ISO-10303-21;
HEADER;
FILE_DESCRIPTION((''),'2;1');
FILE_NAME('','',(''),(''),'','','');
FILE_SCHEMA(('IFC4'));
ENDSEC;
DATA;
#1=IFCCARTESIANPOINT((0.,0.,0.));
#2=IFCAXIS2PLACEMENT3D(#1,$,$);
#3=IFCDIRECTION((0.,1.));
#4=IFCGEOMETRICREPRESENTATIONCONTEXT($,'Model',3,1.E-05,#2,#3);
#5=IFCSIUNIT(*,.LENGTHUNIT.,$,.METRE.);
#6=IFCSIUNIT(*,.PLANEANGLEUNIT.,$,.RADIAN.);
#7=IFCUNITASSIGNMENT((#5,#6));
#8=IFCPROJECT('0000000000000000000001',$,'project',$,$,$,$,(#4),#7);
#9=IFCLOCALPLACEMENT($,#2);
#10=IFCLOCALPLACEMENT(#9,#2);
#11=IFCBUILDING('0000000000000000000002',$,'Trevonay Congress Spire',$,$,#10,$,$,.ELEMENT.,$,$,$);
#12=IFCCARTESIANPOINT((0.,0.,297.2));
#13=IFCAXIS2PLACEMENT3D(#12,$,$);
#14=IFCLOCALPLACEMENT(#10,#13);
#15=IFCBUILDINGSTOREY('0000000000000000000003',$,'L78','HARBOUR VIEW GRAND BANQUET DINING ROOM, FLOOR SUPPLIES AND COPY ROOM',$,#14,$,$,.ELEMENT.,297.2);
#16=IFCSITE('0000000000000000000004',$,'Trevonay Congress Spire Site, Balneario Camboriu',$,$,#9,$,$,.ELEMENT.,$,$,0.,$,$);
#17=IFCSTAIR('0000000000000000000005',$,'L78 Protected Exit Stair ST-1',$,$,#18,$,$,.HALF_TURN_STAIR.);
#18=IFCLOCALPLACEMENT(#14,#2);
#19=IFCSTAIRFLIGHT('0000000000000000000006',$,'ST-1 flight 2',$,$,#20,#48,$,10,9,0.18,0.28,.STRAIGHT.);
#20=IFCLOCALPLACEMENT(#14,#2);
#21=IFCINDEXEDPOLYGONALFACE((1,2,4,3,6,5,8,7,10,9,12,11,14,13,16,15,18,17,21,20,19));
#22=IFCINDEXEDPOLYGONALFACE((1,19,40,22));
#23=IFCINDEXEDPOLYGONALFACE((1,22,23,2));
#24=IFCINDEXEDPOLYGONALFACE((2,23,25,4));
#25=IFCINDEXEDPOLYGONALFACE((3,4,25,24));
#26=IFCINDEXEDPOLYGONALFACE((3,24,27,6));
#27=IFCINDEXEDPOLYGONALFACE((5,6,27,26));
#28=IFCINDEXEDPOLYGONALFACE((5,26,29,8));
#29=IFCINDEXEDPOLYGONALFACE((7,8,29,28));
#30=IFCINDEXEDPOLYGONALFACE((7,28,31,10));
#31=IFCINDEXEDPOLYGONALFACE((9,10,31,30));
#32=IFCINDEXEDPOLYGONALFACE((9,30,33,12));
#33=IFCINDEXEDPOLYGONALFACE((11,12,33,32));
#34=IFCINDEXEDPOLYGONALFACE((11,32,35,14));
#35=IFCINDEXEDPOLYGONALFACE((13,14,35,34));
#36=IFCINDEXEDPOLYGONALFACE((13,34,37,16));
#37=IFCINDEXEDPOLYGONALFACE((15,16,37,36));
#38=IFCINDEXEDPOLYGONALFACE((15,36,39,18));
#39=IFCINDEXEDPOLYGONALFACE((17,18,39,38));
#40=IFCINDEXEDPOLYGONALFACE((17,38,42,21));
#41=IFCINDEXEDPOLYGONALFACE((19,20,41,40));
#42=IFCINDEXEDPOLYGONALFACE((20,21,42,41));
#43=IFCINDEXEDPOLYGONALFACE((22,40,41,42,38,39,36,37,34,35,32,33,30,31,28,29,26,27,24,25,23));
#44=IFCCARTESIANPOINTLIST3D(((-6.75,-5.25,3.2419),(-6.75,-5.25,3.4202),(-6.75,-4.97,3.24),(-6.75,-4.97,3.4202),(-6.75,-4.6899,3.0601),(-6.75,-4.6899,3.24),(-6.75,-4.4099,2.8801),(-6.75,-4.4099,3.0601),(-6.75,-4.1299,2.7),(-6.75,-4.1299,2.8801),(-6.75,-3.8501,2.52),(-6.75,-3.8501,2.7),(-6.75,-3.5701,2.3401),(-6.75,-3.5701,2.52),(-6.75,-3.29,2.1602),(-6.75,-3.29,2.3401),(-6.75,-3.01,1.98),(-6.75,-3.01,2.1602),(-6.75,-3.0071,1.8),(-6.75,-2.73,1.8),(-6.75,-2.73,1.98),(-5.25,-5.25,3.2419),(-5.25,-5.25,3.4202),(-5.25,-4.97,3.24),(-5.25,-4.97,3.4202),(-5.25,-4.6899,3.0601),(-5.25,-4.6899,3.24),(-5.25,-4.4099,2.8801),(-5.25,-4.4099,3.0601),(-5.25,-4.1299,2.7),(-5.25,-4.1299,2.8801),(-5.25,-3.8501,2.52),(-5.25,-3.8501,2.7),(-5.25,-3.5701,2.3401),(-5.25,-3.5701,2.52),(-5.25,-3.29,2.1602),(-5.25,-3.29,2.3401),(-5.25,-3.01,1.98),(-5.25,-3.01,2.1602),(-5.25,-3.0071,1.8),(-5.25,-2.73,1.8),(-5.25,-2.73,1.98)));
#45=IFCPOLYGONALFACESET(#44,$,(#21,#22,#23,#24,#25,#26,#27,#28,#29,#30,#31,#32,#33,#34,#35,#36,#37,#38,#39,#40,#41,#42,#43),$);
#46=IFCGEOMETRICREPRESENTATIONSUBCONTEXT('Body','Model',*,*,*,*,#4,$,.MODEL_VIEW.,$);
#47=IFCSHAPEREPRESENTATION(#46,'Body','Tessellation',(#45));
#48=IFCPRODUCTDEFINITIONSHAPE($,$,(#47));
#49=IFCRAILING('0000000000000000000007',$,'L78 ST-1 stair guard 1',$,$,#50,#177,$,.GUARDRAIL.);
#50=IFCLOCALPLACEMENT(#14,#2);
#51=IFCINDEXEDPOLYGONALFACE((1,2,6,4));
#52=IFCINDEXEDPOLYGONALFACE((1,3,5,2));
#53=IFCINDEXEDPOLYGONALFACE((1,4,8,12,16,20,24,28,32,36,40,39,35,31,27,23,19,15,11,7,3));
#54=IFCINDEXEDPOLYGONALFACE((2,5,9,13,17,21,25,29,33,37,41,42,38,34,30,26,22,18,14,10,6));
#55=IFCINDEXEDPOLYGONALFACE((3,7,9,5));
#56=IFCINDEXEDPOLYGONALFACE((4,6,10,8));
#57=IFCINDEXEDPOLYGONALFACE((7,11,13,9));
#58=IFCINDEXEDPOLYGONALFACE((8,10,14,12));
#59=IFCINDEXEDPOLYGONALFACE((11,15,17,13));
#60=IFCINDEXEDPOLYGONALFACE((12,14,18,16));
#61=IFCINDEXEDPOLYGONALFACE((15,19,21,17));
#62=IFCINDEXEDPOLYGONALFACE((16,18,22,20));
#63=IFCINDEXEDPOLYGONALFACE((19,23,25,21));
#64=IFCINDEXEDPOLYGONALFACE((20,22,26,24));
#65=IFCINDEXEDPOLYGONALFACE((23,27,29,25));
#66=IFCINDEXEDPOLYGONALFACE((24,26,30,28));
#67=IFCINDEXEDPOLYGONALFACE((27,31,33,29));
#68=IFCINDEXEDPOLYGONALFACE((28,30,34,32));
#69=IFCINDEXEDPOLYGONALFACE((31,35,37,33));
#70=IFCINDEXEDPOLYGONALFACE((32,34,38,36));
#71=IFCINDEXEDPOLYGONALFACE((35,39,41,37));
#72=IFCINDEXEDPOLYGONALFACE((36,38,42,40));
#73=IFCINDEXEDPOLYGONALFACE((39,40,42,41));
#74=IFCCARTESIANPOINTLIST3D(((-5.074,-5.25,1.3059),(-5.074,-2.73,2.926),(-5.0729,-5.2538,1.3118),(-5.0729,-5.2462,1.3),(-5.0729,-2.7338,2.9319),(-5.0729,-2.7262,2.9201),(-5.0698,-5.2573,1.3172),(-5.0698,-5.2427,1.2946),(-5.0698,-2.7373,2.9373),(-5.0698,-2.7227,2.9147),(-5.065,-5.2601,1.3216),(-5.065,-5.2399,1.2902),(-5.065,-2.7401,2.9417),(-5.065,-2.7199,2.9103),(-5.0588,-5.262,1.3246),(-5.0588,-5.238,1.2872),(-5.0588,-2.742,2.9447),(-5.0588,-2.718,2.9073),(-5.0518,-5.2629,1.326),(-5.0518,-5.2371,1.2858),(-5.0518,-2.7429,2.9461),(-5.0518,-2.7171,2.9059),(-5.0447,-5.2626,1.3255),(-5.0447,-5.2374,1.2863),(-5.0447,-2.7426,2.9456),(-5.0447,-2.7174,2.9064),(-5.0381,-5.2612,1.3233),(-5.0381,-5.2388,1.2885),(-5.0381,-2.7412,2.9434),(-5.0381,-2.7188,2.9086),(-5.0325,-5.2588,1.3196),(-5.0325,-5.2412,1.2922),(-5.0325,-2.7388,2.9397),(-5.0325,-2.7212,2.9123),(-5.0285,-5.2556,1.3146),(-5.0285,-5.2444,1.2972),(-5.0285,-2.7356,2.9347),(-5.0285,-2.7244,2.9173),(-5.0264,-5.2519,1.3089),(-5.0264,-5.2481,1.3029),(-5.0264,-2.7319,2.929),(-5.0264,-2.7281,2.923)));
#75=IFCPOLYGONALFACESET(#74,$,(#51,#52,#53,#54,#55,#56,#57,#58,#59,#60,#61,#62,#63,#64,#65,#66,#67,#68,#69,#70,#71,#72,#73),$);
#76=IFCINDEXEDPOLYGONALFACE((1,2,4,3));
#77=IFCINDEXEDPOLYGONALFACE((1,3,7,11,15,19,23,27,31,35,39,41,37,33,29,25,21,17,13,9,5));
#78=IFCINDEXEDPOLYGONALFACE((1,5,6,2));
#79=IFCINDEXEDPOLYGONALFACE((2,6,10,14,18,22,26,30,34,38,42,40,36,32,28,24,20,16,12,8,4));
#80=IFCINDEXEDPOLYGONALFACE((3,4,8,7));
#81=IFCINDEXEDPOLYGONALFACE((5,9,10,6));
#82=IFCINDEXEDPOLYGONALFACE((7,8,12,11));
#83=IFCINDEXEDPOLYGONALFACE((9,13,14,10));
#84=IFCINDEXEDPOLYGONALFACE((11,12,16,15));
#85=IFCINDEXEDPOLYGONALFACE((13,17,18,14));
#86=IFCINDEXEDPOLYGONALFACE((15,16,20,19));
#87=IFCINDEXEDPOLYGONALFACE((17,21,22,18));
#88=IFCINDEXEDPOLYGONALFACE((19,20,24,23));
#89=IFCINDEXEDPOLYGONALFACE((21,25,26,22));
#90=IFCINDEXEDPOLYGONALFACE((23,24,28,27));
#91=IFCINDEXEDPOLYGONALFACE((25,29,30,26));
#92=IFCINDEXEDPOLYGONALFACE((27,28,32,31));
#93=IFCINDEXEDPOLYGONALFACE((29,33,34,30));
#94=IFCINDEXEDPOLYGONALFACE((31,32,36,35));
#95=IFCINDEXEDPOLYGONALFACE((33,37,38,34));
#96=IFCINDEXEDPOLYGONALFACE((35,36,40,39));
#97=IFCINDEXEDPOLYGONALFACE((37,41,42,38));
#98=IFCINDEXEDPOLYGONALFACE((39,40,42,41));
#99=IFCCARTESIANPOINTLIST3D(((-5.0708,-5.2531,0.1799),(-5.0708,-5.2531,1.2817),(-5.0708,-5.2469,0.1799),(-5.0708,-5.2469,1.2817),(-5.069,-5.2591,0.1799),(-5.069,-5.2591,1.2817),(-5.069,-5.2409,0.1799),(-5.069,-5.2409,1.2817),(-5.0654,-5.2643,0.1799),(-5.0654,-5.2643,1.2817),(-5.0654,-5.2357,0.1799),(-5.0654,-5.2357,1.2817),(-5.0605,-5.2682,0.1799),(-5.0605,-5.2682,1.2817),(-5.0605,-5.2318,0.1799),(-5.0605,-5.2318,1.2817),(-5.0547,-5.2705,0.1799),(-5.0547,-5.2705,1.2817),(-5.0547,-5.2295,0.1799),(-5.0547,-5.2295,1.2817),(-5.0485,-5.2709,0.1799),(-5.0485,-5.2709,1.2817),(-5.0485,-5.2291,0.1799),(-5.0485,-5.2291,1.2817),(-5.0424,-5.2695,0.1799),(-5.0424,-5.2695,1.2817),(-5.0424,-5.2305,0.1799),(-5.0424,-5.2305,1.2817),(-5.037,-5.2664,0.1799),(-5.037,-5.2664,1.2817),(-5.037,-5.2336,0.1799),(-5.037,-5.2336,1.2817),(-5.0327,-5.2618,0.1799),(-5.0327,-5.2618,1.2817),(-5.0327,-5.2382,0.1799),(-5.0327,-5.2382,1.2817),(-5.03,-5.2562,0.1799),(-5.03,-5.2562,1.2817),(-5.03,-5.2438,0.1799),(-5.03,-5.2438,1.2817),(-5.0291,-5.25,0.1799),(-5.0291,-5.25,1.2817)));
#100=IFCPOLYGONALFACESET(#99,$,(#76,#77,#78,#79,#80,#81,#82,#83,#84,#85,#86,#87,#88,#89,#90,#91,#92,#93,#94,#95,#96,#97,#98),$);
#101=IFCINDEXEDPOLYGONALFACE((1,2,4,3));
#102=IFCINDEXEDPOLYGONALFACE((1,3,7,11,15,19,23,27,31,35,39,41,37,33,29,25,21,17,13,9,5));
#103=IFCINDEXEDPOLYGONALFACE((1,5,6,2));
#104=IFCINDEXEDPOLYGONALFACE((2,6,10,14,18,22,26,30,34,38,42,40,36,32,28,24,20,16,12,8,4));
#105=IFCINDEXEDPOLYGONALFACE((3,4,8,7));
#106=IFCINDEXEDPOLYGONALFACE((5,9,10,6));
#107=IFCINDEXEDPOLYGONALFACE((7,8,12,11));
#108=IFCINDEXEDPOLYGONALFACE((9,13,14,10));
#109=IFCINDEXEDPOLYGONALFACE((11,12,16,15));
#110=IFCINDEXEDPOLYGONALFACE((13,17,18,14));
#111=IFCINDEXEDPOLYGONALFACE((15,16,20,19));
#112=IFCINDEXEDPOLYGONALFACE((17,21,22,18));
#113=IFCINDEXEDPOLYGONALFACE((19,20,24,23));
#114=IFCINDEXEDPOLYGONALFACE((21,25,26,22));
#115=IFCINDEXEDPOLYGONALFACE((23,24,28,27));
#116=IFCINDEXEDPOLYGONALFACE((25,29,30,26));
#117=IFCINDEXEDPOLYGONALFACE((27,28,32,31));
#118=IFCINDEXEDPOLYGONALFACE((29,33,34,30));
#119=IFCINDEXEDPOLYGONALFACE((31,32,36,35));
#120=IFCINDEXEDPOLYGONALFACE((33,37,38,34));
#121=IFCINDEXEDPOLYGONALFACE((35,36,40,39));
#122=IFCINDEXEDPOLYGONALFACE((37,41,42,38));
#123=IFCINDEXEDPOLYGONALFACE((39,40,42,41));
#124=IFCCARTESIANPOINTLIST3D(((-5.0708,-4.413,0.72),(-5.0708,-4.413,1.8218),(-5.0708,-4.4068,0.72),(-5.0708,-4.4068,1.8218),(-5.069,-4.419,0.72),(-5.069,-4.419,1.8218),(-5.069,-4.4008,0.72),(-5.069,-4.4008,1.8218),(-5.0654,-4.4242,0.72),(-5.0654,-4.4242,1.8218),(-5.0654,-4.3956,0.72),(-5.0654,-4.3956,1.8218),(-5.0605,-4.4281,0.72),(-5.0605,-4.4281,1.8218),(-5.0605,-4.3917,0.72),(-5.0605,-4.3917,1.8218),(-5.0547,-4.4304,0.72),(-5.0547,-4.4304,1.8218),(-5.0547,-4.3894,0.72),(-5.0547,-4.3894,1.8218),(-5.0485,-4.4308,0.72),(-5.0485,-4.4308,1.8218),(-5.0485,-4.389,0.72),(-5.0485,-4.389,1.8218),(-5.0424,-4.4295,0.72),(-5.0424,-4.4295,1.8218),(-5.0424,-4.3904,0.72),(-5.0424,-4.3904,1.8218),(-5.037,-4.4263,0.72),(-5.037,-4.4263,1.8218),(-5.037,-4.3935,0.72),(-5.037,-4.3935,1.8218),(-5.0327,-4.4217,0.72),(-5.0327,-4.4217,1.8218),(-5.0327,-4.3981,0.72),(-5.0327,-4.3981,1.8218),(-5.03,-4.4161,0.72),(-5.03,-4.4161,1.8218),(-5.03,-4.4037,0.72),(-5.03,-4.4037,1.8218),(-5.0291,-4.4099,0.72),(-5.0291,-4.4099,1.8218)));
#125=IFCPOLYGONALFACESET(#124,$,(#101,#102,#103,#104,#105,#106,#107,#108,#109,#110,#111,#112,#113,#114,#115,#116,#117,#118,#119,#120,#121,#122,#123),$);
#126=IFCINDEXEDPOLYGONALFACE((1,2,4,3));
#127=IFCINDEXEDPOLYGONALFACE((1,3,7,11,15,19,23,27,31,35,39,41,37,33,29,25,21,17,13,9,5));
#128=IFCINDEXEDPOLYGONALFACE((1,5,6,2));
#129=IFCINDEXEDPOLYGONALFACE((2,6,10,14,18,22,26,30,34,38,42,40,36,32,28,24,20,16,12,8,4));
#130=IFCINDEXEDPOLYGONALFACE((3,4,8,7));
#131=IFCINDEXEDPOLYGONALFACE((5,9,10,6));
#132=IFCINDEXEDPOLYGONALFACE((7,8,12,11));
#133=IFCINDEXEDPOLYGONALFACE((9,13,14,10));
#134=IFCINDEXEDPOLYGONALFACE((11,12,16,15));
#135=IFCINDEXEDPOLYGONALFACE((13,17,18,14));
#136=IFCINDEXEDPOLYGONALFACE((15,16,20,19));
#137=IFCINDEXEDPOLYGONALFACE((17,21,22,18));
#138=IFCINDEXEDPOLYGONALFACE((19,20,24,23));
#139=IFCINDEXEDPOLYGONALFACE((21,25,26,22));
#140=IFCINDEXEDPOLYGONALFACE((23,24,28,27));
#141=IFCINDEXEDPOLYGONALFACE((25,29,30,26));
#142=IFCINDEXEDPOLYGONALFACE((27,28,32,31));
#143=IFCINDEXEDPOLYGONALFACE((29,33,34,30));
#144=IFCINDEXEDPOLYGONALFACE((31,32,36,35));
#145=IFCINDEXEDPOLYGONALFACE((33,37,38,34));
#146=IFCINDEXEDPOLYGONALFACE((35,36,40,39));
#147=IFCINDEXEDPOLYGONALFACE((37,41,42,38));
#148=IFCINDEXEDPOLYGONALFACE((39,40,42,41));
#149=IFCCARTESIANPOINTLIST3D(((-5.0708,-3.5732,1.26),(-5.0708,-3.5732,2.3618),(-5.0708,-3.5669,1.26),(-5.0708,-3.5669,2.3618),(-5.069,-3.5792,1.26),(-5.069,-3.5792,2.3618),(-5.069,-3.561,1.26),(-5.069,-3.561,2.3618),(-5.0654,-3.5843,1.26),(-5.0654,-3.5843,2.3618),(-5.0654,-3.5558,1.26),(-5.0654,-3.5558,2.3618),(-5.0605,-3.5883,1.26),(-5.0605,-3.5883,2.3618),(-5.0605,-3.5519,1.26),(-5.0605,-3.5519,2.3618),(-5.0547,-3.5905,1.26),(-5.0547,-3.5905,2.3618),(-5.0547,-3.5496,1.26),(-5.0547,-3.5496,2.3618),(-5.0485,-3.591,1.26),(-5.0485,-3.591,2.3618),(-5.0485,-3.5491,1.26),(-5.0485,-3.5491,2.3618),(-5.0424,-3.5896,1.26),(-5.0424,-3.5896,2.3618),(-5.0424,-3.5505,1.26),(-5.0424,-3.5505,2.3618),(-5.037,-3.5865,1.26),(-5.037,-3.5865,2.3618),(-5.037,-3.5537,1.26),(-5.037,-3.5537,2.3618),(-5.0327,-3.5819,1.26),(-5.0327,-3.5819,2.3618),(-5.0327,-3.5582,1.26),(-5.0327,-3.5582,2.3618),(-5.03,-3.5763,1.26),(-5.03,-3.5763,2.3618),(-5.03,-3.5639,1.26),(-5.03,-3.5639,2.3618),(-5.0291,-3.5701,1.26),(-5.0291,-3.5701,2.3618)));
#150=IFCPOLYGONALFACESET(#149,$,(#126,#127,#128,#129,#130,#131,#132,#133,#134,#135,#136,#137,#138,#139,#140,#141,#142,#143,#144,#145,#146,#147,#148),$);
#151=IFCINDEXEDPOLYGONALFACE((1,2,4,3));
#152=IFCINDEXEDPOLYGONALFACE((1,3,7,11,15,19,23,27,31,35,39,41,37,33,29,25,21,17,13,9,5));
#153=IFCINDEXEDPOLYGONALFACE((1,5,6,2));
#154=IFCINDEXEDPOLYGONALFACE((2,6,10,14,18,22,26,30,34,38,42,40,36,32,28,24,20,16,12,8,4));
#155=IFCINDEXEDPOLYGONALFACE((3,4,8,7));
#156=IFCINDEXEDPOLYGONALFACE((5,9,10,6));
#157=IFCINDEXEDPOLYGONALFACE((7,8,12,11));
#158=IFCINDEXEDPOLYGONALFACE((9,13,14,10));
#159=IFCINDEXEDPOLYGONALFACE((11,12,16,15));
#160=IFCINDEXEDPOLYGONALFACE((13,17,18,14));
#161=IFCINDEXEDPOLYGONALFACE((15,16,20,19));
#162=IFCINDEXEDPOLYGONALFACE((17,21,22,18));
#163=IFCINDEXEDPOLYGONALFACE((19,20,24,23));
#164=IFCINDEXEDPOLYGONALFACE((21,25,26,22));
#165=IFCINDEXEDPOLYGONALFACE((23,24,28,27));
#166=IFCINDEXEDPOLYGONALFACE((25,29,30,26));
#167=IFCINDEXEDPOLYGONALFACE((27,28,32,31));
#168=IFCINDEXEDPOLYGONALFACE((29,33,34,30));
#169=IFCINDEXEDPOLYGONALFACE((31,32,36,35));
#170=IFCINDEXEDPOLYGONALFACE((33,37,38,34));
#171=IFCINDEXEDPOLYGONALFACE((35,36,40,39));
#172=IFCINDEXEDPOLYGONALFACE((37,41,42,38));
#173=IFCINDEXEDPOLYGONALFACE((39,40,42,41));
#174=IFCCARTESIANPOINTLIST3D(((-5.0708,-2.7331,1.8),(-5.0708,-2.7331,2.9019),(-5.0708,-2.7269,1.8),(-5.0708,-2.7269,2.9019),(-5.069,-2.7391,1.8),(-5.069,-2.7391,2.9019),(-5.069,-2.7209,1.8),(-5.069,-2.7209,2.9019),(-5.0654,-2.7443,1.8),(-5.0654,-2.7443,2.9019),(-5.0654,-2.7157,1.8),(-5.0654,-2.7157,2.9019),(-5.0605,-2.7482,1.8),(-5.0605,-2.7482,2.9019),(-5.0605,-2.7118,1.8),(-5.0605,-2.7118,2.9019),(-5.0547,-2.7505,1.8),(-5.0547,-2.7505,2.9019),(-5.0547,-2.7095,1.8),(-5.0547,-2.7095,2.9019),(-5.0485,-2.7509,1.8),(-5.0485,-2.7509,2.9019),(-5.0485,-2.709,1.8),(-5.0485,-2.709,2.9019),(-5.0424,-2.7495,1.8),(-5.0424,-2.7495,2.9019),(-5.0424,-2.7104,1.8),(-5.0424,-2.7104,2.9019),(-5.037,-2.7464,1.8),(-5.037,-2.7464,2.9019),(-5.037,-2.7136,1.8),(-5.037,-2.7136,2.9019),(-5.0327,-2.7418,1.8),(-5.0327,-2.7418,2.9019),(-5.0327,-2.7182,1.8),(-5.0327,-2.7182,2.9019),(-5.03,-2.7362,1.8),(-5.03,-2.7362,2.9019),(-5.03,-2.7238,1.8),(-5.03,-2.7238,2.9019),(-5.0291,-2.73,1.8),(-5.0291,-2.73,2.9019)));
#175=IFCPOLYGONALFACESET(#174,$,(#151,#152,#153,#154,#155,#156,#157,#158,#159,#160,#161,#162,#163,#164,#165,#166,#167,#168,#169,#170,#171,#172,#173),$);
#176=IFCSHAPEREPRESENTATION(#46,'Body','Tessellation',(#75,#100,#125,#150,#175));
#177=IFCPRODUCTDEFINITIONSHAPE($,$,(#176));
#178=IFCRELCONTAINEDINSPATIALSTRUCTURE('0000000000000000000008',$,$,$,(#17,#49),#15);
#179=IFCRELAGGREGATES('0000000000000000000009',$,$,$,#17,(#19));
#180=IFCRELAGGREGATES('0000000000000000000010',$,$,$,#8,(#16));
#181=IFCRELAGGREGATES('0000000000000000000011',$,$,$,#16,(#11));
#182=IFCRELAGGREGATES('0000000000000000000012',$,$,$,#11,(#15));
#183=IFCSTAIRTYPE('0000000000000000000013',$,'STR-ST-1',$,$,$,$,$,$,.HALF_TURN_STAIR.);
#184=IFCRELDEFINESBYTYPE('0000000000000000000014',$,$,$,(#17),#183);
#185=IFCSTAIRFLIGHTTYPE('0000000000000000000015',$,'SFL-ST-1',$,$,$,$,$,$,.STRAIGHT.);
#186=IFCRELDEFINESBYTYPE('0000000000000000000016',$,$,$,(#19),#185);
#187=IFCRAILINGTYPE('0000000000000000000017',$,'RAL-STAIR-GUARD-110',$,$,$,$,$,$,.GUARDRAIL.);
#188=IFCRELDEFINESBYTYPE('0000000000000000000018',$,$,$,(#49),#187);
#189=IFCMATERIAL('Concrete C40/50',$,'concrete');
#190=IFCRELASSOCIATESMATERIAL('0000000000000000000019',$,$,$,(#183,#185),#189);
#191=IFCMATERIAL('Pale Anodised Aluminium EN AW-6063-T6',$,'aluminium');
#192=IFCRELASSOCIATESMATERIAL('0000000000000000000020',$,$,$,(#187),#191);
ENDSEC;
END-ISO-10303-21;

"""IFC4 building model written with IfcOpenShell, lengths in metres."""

from ifc_helpers import new_model, si_unit, direction, frame, origin, origin_2d, place, context, subcontext, project, spatial, polyline, circle, outline, extrude, material, type_object, element, aggregate, save


model = new_model("IFC4")

# Units and contexts
model_context = context("Model", 3, precision=1e-05, world=origin(), true_north=direction((0.0, 1.0)))
body_context = subcontext(model_context, "Body", "Model", "MODEL_VIEW")
ifc_project = project(units=[si_unit("LENGTHUNIT", "METRE"), si_unit("PLANEANGLEUNIT", "RADIAN")], contexts=[model_context])

# Site, building, storey
site_placement = place(None, origin())
site = spatial("IfcSite", under=ifc_project, at=site_placement, Name="Trevonay Congress Spire Site, Balneario Camboriu", CompositionType="ELEMENT", RefElevation=0.0)
building_placement = place(site_placement, origin())
building = spatial("IfcBuilding", under=site, at=building_placement, Name="Trevonay Congress Spire", CompositionType="ELEMENT")
storey_placement = place(building_placement, frame((0.0, 0.0, 297.2)))
storey = spatial("IfcBuildingStorey", under=building, at=storey_placement, Name="L78", Description="HARBOUR VIEW GRAND BANQUET DINING ROOM, FLOOR SUPPLIES AND COPY ROOM", CompositionType="ELEMENT", Elevation=297.2)

# Shared definitions
ifc_material_1 = material(Name="Concrete C40/50", Category="concrete")
ifc_material_2 = material(Name="Pale Anodised Aluminium EN AW-6063-T6", Category="aluminium")

# Stair, stair flight
stair_type = type_object("IfcStairType", Name="STR-ST-1", PredefinedType="HALF_TURN_STAIR", material=ifc_material_1)
stair_placement = place(storey_placement, origin())
stair = element("IfcStair", 1, at=stair_placement, inside=storey, type_object=stair_type, Name="L78 Protected Exit Stair ST-1", PredefinedType="HALF_TURN_STAIR")
stair_flight_type = type_object("IfcStairFlightType", Name="SFL-ST-1", PredefinedType="STRAIGHT", material=ifc_material_1)
stair_flight_1_placement = place(storey_placement, frame((-6.0, -2.73, 1.8), z_axis=(0.0, 0.0, 1.0), x_axis=(0.0, -1.0, 0.0)))
stair_flight_1 = element("IfcStairFlight", 2, at=stair_flight_1_placement, type_object=stair_flight_type, Name="ST-1 flight 2", NumberOfRisers=10, NumberOfTreads=9, PredefinedType="STRAIGHT", RiserHeight=0.18, TreadLength=0.28, context=body_context, shape_type="SweptSolid", body=[
    extrude(outline(polyline([(0.0, 0.0), (0.0, 0.1799), (0.28, 0.1799), (0.28, 0.3601), (0.5601, 0.3601), (0.5601, 0.54), (0.8401, 0.54), (0.8401, 0.72), (1.1201, 0.72), (1.1201, 0.8999), (1.3999, 0.8999), (1.3999, 1.0801), (1.6799, 1.0801), (1.6799, 1.26), (1.96, 1.26), (1.96, 1.4399), (2.24, 1.4399), (2.24, 1.6201), (2.52, 1.6201), (2.52, 1.8), (2.52, 1.4419), (0.2771, 0.0), (0.0, 0.0)])), frame((0.0, 0.75, 0.0), z_axis=(0.0, -1.0, 0.0), x_axis=(1.0, 0.0, 0.0)), (0.0, 0.0, 1.0), 1.5),
])
aggregate(stair, [stair_flight_1])

# Railing
railing_type_1 = type_object("IfcRailingType", Name="RAL-STAIR-GUARD-110", PredefinedType="GUARDRAIL", material=ifc_material_2)
railing_1_placement = place(storey_placement, frame((-5.05, -5.25, 0.1799)))
element("IfcRailing", 3, at=railing_1_placement, inside=storey, type_object=railing_type_1, Name="L78 ST-1 stair guard 1", PredefinedType="GUARDRAIL", context=body_context, shape_type="SweptSolid", body=[
    extrude(circle(Radius=0.0239, at=origin_2d()), frame((0.0, 0.0, 1.126), z_axis=(0.0, 0.841163, 0.540782), x_axis=(-1.0, 0.0, 0.0)), (0.0, 0.0, 1.0), 2.9958),
    extrude(circle(Radius=0.021, at=origin_2d()), origin(), (0.0, 0.0, 1.0), 1.1018),
    extrude(circle(Radius=0.021, at=origin_2d()), frame((0.0, 0.8401, 0.54)), (0.0, 0.0, 1.0), 1.1018),
    extrude(circle(Radius=0.021, at=origin_2d()), frame((0.0, 1.6799, 1.0801)), (0.0, 0.0, 1.0), 1.1018),
    extrude(circle(Radius=0.021, at=origin_2d()), frame((0.0, 2.52, 1.6201)), (0.0, 0.0, 1.0), 1.1018),
])

save(model, "model.ifc")
